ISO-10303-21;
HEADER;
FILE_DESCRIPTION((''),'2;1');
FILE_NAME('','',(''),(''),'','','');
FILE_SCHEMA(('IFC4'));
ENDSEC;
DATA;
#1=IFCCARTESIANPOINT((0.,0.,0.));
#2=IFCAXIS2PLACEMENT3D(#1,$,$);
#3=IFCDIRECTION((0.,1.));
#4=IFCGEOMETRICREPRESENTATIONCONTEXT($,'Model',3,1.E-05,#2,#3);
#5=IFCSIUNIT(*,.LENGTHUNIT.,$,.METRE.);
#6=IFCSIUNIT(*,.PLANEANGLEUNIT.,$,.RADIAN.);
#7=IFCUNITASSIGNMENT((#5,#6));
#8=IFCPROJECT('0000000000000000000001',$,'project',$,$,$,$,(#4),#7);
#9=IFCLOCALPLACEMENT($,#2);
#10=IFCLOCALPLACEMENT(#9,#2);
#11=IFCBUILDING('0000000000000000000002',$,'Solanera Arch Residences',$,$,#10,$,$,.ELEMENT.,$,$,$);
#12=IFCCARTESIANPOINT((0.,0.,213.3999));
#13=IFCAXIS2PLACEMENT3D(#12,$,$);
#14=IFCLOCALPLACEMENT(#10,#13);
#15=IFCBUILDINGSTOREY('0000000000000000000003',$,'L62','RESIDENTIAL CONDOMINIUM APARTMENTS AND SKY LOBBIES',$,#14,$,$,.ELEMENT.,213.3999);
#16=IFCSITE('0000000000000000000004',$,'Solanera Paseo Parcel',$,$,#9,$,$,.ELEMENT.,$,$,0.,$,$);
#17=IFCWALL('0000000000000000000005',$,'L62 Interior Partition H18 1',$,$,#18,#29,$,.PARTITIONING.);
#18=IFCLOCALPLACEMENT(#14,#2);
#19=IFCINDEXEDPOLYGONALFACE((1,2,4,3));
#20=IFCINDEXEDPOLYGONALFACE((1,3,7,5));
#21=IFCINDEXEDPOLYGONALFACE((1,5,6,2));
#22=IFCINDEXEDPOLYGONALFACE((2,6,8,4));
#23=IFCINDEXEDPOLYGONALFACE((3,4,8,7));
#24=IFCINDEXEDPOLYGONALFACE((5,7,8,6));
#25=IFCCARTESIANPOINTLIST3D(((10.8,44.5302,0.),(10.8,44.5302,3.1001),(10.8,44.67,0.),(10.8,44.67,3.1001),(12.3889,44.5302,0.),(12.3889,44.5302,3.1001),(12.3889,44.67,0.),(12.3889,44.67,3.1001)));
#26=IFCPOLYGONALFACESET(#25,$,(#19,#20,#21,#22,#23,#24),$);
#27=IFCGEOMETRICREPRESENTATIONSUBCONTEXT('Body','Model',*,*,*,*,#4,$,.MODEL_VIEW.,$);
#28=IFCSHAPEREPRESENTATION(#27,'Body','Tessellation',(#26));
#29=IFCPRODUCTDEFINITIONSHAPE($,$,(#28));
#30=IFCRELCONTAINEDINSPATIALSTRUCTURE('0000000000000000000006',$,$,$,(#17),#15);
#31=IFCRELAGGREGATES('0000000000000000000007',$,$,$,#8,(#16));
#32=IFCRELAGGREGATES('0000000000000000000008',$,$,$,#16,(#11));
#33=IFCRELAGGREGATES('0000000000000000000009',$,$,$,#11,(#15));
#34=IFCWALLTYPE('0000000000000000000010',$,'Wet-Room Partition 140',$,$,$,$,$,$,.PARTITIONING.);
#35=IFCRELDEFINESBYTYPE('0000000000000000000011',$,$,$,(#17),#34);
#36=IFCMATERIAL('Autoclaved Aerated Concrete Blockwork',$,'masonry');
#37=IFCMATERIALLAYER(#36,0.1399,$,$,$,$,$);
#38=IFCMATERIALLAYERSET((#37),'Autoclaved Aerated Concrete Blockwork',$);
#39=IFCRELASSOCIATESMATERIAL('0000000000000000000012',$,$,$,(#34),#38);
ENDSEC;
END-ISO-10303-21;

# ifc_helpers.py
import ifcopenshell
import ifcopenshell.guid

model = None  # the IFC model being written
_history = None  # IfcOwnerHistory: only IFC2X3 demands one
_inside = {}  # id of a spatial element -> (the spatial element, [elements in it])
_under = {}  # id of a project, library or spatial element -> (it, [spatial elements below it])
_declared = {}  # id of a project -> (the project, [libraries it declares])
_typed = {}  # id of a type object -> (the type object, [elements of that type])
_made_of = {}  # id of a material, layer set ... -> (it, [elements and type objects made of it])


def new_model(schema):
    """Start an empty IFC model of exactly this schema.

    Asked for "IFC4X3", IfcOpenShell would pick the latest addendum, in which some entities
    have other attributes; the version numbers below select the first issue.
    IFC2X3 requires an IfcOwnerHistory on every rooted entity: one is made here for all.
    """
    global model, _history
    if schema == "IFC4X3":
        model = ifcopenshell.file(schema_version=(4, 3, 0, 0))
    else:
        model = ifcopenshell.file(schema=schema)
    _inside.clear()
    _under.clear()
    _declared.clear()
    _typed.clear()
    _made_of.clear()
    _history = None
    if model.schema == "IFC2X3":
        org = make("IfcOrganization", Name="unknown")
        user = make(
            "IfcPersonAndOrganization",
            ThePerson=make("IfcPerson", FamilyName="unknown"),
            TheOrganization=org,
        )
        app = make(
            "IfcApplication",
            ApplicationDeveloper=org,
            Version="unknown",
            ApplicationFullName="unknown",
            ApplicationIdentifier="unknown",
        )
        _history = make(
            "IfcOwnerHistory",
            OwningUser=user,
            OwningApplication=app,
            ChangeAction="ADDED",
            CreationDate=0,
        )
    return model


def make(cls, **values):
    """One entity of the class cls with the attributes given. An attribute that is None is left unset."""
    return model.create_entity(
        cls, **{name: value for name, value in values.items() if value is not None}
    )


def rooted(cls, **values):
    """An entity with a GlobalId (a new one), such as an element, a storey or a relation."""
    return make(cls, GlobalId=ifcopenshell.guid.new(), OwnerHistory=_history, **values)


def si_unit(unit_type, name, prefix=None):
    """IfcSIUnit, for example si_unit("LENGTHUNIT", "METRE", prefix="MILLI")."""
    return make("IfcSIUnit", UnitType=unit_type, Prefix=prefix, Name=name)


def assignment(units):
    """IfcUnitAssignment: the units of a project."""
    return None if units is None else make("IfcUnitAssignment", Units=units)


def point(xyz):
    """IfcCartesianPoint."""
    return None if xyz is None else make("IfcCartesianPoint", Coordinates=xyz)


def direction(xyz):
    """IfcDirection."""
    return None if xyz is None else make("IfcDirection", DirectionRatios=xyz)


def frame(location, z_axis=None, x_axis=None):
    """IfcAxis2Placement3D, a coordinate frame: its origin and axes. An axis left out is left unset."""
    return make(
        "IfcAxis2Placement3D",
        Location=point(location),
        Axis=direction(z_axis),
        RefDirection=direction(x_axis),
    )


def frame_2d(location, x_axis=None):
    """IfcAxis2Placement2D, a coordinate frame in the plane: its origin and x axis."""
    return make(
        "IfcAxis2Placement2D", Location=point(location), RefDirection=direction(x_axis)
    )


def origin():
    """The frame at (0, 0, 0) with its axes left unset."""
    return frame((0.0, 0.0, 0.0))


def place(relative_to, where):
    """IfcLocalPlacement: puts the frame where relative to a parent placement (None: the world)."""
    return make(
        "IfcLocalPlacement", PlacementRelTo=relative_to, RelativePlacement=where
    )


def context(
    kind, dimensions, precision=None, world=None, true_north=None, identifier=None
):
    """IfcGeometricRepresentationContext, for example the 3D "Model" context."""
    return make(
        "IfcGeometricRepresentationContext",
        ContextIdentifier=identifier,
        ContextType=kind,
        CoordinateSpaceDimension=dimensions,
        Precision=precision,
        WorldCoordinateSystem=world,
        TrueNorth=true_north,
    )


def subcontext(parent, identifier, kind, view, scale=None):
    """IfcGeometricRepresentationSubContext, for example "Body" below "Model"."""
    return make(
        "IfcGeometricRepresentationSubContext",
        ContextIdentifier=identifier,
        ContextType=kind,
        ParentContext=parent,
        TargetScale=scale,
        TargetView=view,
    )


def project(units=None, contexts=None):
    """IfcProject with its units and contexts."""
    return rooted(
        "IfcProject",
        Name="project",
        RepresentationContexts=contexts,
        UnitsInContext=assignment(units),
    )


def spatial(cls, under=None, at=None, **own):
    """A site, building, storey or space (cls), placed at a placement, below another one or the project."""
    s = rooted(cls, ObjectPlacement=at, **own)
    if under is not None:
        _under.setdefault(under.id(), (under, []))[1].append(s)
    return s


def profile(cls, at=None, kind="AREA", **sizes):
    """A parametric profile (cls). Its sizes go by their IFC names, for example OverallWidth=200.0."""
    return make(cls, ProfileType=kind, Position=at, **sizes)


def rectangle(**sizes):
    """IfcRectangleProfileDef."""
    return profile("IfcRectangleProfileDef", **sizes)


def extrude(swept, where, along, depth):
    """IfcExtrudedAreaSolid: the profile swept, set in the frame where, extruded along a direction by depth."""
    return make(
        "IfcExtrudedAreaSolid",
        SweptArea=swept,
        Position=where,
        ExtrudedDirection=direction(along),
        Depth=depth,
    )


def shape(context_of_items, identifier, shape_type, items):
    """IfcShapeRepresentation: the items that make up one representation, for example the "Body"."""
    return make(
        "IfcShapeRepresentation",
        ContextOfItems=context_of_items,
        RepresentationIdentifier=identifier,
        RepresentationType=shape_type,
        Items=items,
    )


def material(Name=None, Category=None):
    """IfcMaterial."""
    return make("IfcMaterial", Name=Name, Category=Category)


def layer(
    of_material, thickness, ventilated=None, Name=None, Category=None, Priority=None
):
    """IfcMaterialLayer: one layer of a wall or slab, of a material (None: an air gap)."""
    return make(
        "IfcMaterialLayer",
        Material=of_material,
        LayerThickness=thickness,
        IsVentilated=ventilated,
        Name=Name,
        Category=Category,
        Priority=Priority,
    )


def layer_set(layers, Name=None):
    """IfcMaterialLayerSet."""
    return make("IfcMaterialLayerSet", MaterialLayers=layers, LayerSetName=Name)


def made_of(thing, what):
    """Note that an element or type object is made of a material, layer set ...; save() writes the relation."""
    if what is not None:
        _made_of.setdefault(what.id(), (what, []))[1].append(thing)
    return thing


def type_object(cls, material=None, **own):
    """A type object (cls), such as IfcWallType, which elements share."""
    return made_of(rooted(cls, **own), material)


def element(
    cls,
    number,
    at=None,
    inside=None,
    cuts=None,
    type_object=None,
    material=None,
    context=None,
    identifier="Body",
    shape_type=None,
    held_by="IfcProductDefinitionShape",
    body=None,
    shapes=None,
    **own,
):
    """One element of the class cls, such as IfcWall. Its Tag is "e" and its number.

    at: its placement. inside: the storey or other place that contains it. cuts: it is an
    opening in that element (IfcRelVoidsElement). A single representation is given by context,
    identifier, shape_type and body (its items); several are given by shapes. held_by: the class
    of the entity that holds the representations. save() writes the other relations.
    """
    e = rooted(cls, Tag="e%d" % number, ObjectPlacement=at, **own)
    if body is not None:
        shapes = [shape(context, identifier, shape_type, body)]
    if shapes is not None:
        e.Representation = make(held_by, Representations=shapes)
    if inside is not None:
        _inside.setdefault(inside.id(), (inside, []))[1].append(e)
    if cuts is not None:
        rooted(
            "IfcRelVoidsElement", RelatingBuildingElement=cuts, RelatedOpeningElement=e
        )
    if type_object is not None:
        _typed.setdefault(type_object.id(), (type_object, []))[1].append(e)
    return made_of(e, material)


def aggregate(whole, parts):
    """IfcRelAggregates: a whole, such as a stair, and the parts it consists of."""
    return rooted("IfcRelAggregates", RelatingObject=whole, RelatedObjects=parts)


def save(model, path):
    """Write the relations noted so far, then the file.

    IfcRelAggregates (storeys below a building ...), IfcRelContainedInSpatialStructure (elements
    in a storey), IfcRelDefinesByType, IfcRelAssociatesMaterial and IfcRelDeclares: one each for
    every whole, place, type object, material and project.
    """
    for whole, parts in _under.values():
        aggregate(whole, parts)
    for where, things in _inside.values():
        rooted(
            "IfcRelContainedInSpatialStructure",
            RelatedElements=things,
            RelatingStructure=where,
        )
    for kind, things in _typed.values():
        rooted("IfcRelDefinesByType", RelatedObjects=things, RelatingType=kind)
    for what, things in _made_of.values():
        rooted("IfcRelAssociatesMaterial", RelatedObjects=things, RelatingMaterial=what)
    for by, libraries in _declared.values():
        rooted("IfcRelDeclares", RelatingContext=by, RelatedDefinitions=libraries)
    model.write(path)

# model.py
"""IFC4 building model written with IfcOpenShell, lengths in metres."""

from ifc_helpers import new_model, si_unit, direction, frame, frame_2d, origin, place, context, subcontext, project, spatial, rectangle, extrude, material, layer, layer_set, type_object, element, save


model = new_model("IFC4")

# Units and contexts
model_context = context("Model", 3, precision=1e-05, world=origin(), true_north=direction((0.0, 1.0)))
body_context = subcontext(model_context, "Body", "Model", "MODEL_VIEW")
ifc_project = project(units=[si_unit("LENGTHUNIT", "METRE"), si_unit("PLANEANGLEUNIT", "RADIAN")], contexts=[model_context])

# Site, building, storey
site_placement = place(None, origin())
site = spatial("IfcSite", under=ifc_project, at=site_placement, Name="Solanera Paseo Parcel", CompositionType="ELEMENT", RefElevation=0.0)
building_placement = place(site_placement, origin())
building = spatial("IfcBuilding", under=site, at=building_placement, Name="Solanera Arch Residences", CompositionType="ELEMENT")
storey_placement = place(building_placement, frame((0.0, 0.0, 213.3999)))
storey = spatial("IfcBuildingStorey", under=building, at=storey_placement, Name="L62", Description="RESIDENTIAL CONDOMINIUM APARTMENTS AND SKY LOBBIES", CompositionType="ELEMENT", Elevation=213.3999)

# Wall
ifc_material_1 = material(Name="Autoclaved Aerated Concrete Blockwork", Category="masonry")
ifc_layer_1 = layer(ifc_material_1, 0.1399)
ifc_layer_set_1 = layer_set([ifc_layer_1], Name="Autoclaved Aerated Concrete Blockwork")
wall_type_1 = type_object("IfcWallType", Name="Wet-Room Partition 140", PredefinedType="PARTITIONING", material=ifc_layer_set_1)
wall_1_placement = place(storey_placement, frame((10.8, 44.6001, 0.0), z_axis=(0.0, 0.0, 1.0), x_axis=(1.0, 0.0, 0.0)))
element("IfcWall", 1, at=wall_1_placement, inside=storey, type_object=wall_type_1, Name="L62 Interior Partition H18 1", PredefinedType="PARTITIONING", context=body_context, shape_type="SweptSolid", body=[
    extrude(rectangle(XDim=1.5889, YDim=0.1399, at=frame_2d((0.7944, 0.0))), origin(), (0.0, 0.0, 1.0), 3.1001),
])

save(model, "model.ifc")
